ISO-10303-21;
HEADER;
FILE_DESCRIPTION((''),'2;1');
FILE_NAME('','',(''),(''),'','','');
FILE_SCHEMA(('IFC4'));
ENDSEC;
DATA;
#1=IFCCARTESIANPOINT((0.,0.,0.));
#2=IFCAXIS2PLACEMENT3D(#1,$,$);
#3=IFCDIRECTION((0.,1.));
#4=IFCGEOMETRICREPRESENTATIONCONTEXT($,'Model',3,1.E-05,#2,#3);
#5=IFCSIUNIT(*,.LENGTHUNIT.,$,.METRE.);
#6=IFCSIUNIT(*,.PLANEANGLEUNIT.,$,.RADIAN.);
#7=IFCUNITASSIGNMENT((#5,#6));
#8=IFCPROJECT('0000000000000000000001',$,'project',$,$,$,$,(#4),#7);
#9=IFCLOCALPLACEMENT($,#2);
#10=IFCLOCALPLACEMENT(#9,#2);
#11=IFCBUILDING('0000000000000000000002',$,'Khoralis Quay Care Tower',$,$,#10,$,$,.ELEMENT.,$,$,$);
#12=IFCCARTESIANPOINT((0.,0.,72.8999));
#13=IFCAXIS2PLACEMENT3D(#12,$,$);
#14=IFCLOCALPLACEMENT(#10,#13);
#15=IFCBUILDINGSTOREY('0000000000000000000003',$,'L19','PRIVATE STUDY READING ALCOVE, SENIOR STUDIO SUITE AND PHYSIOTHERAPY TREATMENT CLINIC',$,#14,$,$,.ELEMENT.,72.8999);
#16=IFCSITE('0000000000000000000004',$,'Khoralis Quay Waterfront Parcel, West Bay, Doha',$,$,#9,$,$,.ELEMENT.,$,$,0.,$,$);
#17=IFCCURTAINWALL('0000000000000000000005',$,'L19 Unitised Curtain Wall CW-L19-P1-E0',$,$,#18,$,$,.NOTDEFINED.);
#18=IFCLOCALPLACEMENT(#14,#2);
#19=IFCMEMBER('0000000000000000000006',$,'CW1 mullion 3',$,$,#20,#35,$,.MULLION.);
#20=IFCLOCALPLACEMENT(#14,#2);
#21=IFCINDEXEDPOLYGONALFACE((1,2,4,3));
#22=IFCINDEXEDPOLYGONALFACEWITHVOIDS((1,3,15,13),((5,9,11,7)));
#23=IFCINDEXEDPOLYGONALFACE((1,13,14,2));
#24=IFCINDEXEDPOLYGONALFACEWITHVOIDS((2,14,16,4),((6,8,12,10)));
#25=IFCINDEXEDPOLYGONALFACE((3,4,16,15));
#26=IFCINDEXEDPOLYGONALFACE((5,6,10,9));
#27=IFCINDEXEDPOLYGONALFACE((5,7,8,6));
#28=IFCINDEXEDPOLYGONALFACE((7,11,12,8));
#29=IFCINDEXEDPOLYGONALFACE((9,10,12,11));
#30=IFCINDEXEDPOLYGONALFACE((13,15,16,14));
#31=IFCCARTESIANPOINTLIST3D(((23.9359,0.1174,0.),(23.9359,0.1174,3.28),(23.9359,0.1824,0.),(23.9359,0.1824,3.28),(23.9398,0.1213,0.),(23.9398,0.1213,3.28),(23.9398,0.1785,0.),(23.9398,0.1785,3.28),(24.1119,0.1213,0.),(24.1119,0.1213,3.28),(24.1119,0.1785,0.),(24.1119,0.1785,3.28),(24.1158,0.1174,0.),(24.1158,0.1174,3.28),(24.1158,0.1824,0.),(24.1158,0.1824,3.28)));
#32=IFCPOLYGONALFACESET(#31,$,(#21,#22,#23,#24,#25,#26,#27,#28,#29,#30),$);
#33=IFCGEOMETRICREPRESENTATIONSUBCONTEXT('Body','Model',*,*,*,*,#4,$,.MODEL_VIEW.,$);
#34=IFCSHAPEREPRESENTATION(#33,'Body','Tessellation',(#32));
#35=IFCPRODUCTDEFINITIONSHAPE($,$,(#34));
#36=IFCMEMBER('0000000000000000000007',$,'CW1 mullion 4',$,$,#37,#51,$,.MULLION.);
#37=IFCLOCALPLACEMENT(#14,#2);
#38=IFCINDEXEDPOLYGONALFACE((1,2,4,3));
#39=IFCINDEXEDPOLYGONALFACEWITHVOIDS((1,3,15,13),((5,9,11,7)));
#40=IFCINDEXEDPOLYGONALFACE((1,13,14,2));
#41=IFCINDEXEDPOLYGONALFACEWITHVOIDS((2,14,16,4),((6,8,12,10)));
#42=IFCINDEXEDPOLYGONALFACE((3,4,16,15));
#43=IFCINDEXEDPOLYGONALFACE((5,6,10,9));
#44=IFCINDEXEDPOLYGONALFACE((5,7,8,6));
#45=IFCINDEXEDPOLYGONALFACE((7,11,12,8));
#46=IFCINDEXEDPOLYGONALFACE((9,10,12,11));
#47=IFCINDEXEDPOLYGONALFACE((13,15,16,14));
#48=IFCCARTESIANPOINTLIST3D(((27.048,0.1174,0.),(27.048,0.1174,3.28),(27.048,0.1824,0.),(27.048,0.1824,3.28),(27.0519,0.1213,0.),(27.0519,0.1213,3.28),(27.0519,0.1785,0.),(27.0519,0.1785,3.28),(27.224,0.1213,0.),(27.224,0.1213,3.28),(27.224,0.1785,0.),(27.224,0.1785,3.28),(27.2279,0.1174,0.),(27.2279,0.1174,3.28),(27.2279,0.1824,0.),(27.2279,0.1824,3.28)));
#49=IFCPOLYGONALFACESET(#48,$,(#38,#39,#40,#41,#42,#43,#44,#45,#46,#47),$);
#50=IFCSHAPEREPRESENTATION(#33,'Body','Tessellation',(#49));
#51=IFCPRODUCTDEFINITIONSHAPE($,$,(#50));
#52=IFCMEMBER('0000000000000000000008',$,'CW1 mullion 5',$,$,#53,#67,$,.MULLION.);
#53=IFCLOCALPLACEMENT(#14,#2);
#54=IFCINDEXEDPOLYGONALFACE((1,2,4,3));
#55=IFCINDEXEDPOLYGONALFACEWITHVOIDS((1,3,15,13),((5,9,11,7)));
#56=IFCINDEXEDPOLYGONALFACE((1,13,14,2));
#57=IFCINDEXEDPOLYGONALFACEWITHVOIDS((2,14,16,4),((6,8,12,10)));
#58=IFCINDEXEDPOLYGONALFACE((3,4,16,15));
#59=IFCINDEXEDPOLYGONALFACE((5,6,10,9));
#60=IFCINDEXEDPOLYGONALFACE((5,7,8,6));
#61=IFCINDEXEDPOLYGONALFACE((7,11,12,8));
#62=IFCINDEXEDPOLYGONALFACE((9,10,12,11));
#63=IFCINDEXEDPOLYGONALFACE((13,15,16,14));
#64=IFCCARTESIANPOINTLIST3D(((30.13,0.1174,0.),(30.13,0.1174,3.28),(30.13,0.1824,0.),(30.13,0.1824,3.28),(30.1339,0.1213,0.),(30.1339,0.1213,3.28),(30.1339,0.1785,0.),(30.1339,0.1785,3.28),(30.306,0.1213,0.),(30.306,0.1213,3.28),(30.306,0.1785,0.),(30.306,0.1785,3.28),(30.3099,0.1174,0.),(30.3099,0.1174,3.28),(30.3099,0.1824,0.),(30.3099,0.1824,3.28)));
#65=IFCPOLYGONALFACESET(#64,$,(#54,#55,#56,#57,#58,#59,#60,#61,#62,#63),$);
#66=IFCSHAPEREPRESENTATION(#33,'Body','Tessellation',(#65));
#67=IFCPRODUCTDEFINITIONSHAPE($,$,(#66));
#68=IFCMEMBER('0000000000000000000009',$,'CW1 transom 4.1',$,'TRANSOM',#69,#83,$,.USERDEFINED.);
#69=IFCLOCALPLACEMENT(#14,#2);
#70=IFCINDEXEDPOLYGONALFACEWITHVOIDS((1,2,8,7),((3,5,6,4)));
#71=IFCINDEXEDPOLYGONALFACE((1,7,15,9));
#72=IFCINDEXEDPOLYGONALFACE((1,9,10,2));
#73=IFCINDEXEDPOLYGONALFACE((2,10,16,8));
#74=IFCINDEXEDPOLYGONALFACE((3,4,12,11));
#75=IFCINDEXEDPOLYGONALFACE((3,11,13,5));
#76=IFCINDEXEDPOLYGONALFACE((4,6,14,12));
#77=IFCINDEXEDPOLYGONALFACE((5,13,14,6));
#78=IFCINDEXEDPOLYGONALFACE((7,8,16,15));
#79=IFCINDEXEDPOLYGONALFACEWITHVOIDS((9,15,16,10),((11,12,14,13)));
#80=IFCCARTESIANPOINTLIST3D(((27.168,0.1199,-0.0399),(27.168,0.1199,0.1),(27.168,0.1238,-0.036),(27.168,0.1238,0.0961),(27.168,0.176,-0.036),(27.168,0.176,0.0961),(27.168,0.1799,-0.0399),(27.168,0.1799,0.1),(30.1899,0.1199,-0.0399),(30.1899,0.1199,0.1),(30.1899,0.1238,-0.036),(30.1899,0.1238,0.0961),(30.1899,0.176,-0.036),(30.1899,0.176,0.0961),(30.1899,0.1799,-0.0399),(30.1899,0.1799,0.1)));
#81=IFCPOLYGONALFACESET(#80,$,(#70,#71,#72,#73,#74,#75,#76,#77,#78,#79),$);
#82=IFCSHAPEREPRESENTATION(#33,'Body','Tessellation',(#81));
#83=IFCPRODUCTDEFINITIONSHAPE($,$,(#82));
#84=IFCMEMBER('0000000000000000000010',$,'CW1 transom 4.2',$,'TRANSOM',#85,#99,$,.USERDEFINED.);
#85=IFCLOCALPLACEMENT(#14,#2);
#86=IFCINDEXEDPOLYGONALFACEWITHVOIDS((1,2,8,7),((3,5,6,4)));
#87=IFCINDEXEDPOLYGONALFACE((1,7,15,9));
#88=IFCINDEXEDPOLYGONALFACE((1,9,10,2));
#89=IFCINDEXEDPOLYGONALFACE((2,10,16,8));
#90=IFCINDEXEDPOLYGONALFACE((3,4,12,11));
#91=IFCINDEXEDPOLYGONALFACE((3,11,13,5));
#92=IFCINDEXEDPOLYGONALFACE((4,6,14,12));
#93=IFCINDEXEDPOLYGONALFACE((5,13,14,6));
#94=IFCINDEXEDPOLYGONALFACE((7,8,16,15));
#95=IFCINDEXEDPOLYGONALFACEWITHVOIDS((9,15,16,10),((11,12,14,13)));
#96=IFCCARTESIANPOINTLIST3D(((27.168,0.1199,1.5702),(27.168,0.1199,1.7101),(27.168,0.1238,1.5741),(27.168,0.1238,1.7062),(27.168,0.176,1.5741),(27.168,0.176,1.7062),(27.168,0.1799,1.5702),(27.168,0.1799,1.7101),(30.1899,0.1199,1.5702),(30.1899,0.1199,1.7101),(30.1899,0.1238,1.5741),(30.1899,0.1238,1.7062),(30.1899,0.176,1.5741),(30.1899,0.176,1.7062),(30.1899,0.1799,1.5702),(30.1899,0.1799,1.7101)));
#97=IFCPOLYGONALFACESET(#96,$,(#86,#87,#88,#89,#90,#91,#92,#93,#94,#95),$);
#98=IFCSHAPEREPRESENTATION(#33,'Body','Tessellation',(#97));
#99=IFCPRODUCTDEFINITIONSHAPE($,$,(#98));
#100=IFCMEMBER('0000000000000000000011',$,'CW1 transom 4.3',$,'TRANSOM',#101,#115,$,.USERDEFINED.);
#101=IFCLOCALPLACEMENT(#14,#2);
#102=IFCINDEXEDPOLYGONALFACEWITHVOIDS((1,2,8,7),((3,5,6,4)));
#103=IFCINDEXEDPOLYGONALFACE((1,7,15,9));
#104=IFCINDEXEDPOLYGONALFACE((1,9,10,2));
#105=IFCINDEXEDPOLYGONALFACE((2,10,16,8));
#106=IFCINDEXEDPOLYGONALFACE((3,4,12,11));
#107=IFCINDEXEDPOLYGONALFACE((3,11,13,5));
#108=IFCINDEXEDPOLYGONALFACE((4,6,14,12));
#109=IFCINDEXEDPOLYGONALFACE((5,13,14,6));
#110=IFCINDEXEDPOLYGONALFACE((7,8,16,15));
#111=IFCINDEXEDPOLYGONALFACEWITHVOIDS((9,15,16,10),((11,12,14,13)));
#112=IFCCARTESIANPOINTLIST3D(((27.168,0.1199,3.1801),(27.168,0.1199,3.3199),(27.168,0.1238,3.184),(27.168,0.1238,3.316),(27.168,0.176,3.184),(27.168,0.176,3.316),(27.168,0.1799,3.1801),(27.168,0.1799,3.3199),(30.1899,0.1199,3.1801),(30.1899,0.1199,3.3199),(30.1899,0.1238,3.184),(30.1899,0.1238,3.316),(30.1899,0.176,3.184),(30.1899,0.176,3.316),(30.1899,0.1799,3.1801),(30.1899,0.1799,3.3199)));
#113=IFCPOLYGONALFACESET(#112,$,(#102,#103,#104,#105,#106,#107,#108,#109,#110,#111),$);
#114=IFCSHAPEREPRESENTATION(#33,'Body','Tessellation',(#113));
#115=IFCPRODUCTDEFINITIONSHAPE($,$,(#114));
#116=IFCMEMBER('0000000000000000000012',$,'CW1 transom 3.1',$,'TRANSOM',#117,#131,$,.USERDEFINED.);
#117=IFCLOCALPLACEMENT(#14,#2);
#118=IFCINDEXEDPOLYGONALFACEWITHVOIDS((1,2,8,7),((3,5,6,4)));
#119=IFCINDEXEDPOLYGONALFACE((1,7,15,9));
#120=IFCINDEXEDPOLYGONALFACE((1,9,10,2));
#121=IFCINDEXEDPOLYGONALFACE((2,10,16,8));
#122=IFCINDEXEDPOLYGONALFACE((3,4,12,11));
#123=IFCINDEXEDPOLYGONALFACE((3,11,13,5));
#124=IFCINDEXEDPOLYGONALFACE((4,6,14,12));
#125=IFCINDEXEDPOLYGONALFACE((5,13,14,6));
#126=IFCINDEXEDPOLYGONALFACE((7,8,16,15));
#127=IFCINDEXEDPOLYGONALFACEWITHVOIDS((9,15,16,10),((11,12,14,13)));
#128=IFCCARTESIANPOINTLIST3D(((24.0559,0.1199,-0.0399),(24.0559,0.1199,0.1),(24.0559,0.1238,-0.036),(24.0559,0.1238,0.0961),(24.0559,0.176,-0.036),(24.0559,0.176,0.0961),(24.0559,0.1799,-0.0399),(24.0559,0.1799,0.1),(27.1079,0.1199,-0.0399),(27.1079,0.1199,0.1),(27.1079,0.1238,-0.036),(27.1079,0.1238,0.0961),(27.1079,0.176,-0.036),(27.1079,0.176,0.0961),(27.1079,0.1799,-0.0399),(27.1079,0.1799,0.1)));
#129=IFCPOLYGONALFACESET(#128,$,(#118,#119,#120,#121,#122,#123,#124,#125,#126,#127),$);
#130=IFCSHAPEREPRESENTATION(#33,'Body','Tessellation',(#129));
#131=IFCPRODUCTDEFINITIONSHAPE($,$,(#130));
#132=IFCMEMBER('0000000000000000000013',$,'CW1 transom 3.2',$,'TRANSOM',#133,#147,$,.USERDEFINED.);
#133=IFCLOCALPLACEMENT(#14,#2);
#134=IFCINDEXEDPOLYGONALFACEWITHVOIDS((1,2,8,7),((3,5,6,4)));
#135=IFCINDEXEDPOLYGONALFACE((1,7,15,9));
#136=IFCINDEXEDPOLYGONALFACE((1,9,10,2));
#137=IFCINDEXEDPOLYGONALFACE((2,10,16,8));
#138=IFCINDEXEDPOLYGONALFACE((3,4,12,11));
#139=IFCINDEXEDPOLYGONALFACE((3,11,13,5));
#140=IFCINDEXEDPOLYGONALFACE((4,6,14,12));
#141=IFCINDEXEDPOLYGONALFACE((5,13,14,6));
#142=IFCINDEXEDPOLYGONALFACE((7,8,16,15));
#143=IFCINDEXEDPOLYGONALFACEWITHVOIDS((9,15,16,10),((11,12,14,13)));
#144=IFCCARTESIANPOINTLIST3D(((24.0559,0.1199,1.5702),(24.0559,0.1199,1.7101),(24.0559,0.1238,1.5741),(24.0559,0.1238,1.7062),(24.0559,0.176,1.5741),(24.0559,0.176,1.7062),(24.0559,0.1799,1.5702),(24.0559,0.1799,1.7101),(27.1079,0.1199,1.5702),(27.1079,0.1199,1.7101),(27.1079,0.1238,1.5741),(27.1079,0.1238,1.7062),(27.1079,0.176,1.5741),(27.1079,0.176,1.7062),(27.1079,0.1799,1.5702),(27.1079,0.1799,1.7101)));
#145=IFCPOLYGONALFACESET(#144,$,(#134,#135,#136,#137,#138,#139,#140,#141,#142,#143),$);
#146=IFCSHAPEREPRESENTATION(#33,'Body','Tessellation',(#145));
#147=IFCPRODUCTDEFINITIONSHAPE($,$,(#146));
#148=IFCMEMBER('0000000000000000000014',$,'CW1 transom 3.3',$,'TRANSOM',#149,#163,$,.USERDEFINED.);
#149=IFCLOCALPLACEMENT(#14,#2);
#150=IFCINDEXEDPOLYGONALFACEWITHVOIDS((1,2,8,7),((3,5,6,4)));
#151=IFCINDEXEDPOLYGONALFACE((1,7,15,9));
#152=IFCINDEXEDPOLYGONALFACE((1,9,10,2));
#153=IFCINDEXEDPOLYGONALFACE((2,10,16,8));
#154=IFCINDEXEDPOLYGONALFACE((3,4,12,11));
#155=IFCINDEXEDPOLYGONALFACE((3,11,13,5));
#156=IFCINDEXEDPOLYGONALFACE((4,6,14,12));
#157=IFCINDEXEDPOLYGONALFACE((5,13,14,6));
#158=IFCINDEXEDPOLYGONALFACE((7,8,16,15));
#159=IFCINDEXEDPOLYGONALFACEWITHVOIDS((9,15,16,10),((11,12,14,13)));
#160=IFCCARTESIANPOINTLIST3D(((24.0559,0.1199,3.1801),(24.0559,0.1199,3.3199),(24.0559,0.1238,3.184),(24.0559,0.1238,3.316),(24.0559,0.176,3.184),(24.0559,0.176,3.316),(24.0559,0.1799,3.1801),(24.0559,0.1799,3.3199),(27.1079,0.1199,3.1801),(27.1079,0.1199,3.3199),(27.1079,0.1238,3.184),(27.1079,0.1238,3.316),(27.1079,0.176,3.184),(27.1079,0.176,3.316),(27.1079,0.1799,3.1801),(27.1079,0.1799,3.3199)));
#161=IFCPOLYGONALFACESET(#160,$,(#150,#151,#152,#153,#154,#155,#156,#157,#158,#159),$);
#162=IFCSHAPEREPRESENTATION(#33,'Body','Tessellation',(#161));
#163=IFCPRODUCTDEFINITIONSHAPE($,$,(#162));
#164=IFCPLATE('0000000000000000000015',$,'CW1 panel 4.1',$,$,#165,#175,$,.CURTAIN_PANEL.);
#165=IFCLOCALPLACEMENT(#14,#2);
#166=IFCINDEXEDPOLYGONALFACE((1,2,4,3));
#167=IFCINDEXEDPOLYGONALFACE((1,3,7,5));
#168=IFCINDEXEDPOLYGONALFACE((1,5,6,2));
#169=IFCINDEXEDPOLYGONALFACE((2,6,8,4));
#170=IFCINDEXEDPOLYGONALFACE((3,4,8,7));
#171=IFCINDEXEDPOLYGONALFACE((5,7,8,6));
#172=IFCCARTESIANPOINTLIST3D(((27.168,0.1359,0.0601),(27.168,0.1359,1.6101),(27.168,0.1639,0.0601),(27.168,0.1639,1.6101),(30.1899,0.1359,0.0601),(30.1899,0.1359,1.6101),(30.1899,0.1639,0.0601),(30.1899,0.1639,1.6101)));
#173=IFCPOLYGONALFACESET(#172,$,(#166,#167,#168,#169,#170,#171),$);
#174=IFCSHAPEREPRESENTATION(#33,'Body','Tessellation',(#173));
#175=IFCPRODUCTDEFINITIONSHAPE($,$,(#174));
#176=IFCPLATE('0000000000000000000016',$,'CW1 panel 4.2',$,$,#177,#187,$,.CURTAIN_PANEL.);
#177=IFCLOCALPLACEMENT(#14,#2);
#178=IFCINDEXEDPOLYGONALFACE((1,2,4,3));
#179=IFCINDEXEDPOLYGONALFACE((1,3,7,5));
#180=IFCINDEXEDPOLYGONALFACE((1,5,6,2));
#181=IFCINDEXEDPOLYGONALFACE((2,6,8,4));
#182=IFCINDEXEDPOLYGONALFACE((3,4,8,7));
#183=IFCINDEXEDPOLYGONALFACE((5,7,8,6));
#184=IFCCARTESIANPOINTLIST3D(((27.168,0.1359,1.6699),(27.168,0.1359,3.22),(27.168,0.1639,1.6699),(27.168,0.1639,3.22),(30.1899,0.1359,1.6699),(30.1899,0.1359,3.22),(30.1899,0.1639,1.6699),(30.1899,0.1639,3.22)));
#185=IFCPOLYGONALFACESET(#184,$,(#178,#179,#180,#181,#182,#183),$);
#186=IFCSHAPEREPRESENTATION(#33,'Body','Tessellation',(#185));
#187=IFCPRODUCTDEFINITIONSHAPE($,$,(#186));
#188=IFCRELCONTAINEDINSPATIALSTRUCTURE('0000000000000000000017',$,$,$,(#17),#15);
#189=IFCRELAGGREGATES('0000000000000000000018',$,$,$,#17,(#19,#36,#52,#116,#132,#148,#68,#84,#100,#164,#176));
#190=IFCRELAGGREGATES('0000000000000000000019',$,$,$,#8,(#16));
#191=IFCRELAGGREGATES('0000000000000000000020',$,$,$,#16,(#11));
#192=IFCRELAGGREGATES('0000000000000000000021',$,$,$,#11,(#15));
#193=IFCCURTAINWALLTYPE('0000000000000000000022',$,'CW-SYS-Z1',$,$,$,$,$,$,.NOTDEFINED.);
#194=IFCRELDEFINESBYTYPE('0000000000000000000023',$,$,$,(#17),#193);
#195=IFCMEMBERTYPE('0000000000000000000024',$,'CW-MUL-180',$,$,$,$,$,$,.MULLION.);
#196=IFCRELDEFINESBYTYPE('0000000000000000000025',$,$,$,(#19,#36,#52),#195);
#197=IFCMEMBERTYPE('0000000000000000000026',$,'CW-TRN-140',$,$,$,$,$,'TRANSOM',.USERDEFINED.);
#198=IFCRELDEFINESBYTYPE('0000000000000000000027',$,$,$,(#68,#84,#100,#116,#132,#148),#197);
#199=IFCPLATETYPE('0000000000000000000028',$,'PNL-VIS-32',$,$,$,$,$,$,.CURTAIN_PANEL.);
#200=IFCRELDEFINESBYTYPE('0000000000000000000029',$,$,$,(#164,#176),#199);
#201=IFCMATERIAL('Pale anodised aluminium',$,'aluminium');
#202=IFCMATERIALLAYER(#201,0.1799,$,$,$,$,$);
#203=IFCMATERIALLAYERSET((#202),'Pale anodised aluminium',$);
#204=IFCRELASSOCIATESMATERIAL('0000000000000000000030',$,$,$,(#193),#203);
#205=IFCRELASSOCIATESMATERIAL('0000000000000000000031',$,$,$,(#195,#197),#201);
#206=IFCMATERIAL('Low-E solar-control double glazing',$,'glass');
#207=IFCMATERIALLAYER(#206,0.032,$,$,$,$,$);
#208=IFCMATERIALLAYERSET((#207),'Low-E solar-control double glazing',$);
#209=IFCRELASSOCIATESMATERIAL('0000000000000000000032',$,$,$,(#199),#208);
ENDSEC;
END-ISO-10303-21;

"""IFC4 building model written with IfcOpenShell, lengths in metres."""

from ifc_helpers import new_model, si_unit, direction, frame, origin, origin_2d, place, context, subcontext, project, spatial, rectangle, hollow_rectangle, extrude, source, transform, mapped, material, layer, layer_set, material_profile, profile_set, type_object, element, aggregate, save


model = new_model("IFC4")

# Units and contexts
model_context = context("Model", 3, precision=1e-05, world=origin(), true_north=direction((0.0, 1.0)))
body_context = subcontext(model_context, "Body", "Model", "MODEL_VIEW")
ifc_project = project(units=[si_unit("LENGTHUNIT", "METRE"), si_unit("PLANEANGLEUNIT", "RADIAN")], contexts=[model_context])

# Site, building, storey
site_placement = place(None, origin())
site = spatial("IfcSite", under=ifc_project, at=site_placement, Name="Khoralis Quay Waterfront Parcel, West Bay, Doha", CompositionType="ELEMENT", RefElevation=0.0)
building_placement = place(site_placement, origin())
building = spatial("IfcBuilding", under=site, at=building_placement, Name="Khoralis Quay Care Tower", CompositionType="ELEMENT")
storey_placement = place(building_placement, frame((0.0, 0.0, 72.8999)))
storey = spatial("IfcBuildingStorey", under=building, at=storey_placement, Name="L19", Description="PRIVATE STUDY READING ALCOVE, SENIOR STUDIO SUITE AND PHYSIOTHERAPY TREATMENT CLINIC", CompositionType="ELEMENT", Elevation=72.8999)

# Curtain wall, members, plates
ifc_material_1 = material(Name="Pale anodised aluminium", Category="aluminium")
ifc_layer_1 = layer(ifc_material_1, 0.1799)
ifc_layer_set_1 = layer_set([ifc_layer_1], Name="Pale anodised aluminium")
curtain_wall_type = type_object("IfcCurtainWallType", Name="CW-SYS-Z1", PredefinedType="NOTDEFINED", material=ifc_layer_set_1)
curtain_wall_placement = place(storey_placement, origin())
curtain_wall = element("IfcCurtainWall", 1, at=curtain_wall_placement, inside=storey, type_object=curtain_wall_type, Name="L19 Unitised Curtain Wall CW-L19-P1-E0", PredefinedType="NOTDEFINED")
ifc_material_profile_1 = material_profile(ifc_material_1, hollow_rectangle(XDim=0.0649, YDim=0.1799, WallThickness=0.0039, at=origin_2d()), Name="Pale anodised aluminium")
ifc_profile_set_1 = profile_set([ifc_material_profile_1], Name="Pale anodised aluminium")
member_type_1 = type_object("IfcMemberType", Name="CW-MUL-180", PredefinedType="MULLION", material=ifc_profile_set_1)
shared_shape_1 = source(origin(), body_context, "Body", "SweptSolid", [
    extrude(hollow_rectangle(XDim=0.0649, YDim=0.1799, WallThickness=0.0039, at=origin_2d()), origin(), (0.0, 0.0, 1.0), 3.28),
])
member_1_placement = place(storey_placement, frame((24.0259, 0.1499, 0.0), z_axis=(0.0, 0.0, 1.0), x_axis=(0.0, 1.0, 0.0)))
member_1 = element("IfcMember", 2, at=member_1_placement, type_object=member_type_1, Name="CW1 mullion 3", PredefinedType="MULLION", context=body_context, shape_type="MappedRepresentation", body=[
    mapped(shared_shape_1, transform((0.0, 0.0, 0.0), scale=1.0)),
])
member_2_placement = place(storey_placement, frame((27.1379, 0.1499, 0.0), z_axis=(0.0, 0.0, 1.0), x_axis=(0.0, 1.0, 0.0)))
member_2 = element("IfcMember", 3, at=member_2_placement, type_object=member_type_1, Name="CW1 mullion 4", PredefinedType="MULLION", context=body_context, shape_type="MappedRepresentation", body=[
    mapped(shared_shape_1, transform((0.0, 0.0, 0.0), scale=1.0)),
])
member_3_placement = place(storey_placement, frame((30.22, 0.1499, 0.0), z_axis=(0.0, 0.0, 1.0), x_axis=(0.0, 1.0, 0.0)))
member_3 = element("IfcMember", 4, at=member_3_placement, type_object=member_type_1, Name="CW1 mullion 5", PredefinedType="MULLION", context=body_context, shape_type="MappedRepresentation", body=[
    mapped(shared_shape_1, transform((0.0, 0.0, 0.0), scale=1.0)),
])
ifc_material_profile_2 = material_profile(ifc_material_1, hollow_rectangle(XDim=0.0601, YDim=0.1399, WallThickness=0.0039, at=origin_2d()), Name="Pale anodised aluminium")
ifc_profile_set_2 = profile_set([ifc_material_profile_2], Name="Pale anodised aluminium")
member_type_2 = type_object("IfcMemberType", Name="CW-TRN-140", ElementType="TRANSOM", PredefinedType="USERDEFINED", material=ifc_profile_set_2)
shared_shape_2 = source(origin(), body_context, "Body", "SweptSolid", [
    extrude(hollow_rectangle(XDim=0.0601, YDim=0.1399, WallThickness=0.0039, at=origin_2d()), origin(), (0.0, 0.0, 1.0), 3.022),
])
member_4_placement = place(storey_placement, frame((27.168, 0.1499, 0.03), z_axis=(1.0, 0.0, 0.0), x_axis=(0.0, 1.0, 0.0)))
member_4 = element("IfcMember", 5, at=member_4_placement, type_object=member_type_2, Name="CW1 transom 4.1", ObjectType="TRANSOM", PredefinedType="USERDEFINED", context=body_context, shape_type="MappedRepresentation", body=[
    mapped(shared_shape_2, transform((0.0, 0.0, 0.0), scale=1.0)),
])
member_5_placement = place(storey_placement, frame((27.168, 0.1499, 1.6401), z_axis=(1.0, 0.0, 0.0), x_axis=(0.0, 1.0, 0.0)))
member_5 = element("IfcMember", 6, at=member_5_placement, type_object=member_type_2, Name="CW1 transom 4.2", ObjectType="TRANSOM", PredefinedType="USERDEFINED", context=body_context, shape_type="MappedRepresentation", body=[
    mapped(shared_shape_2, transform((0.0, 0.0, 0.0), scale=1.0)),
])
member_6_placement = place(storey_placement, frame((27.168, 0.1499, 3.25), z_axis=(1.0, 0.0, 0.0), x_axis=(0.0, 1.0, 0.0)))
member_6 = element("IfcMember", 7, at=member_6_placement, type_object=member_type_2, Name="CW1 transom 4.3", ObjectType="TRANSOM", PredefinedType="USERDEFINED", context=body_context, shape_type="MappedRepresentation", body=[
    mapped(shared_shape_2, transform((0.0, 0.0, 0.0), scale=1.0)),
])
shared_shape_3 = source(origin(), body_context, "Body", "SweptSolid", [
    extrude(hollow_rectangle(XDim=0.0601, YDim=0.1399, WallThickness=0.0039, at=origin_2d()), origin(), (0.0, 0.0, 1.0), 3.052),
])
member_7_placement = place(storey_placement, frame((24.0559, 0.1499, 0.03), z_axis=(1.0, 0.0, 0.0), x_axis=(0.0, 1.0, 0.0)))
member_7 = element("IfcMember", 8, at=member_7_placement, type_object=member_type_2, Name="CW1 transom 3.1", ObjectType="TRANSOM", PredefinedType="USERDEFINED", context=body_context, shape_type="MappedRepresentation", body=[
    mapped(shared_shape_3, transform((0.0, 0.0, 0.0), scale=1.0)),
])
member_8_placement = place(storey_placement, frame((24.0559, 0.1499, 1.6401), z_axis=(1.0, 0.0, 0.0), x_axis=(0.0, 1.0, 0.0)))
member_8 = element("IfcMember", 9, at=member_8_placement, type_object=member_type_2, Name="CW1 transom 3.2", ObjectType="TRANSOM", PredefinedType="USERDEFINED", context=body_context, shape_type="MappedRepresentation", body=[
    mapped(shared_shape_3, transform((0.0, 0.0, 0.0), scale=1.0)),
])
member_9_placement = place(storey_placement, frame((24.0559, 0.1499, 3.25), z_axis=(1.0, 0.0, 0.0), x_axis=(0.0, 1.0, 0.0)))
member_9 = element("IfcMember", 10, at=member_9_placement, type_object=member_type_2, Name="CW1 transom 3.3", ObjectType="TRANSOM", PredefinedType="USERDEFINED", context=body_context, shape_type="MappedRepresentation", body=[
    mapped(shared_shape_3, transform((0.0, 0.0, 0.0), scale=1.0)),
])
ifc_material_2 = material(Name="Low-E solar-control double glazing", Category="glass")
ifc_layer_2 = layer(ifc_material_2, 0.032)
ifc_layer_set_2 = layer_set([ifc_layer_2], Name="Low-E solar-control double glazing")
plate_type = type_object("IfcPlateType", Name="PNL-VIS-32", PredefinedType="CURTAIN_PANEL", material=ifc_layer_set_2)
shared_shape_4 = source(origin(), body_context, "Body", "SweptSolid", [
    extrude(rectangle(XDim=3.022, YDim=0.0281, at=origin_2d()), origin(), (0.0, 0.0, 1.0), 1.55),
])
plate_1_placement = place(storey_placement, frame((28.679, 0.1499, 0.0601), z_axis=(0.0, 0.0, 1.0), x_axis=(1.0, 0.0, 0.0)))
plate_1 = element("IfcPlate", 11, at=plate_1_placement, type_object=plate_type, Name="CW1 panel 4.1", PredefinedType="CURTAIN_PANEL", context=body_context, shape_type="MappedRepresentation", body=[
    mapped(shared_shape_4, transform((0.0, 0.0, 0.0), scale=1.0)),
])
plate_2_placement = place(storey_placement, frame((28.679, 0.1499, 1.6699), z_axis=(0.0, 0.0, 1.0), x_axis=(1.0, 0.0, 0.0)))
plate_2 = element("IfcPlate", 12, at=plate_2_placement, type_object=plate_type, Name="CW1 panel 4.2", PredefinedType="CURTAIN_PANEL", context=body_context, shape_type="MappedRepresentation", body=[
    mapped(shared_shape_4, transform((0.0, 0.0, 0.0), scale=1.0)),
])
aggregate(curtain_wall, [member_1, member_2, member_3, member_7, member_8, member_9, member_4, member_5, member_6, plate_1, plate_2])

save(model, "model.ifc")
